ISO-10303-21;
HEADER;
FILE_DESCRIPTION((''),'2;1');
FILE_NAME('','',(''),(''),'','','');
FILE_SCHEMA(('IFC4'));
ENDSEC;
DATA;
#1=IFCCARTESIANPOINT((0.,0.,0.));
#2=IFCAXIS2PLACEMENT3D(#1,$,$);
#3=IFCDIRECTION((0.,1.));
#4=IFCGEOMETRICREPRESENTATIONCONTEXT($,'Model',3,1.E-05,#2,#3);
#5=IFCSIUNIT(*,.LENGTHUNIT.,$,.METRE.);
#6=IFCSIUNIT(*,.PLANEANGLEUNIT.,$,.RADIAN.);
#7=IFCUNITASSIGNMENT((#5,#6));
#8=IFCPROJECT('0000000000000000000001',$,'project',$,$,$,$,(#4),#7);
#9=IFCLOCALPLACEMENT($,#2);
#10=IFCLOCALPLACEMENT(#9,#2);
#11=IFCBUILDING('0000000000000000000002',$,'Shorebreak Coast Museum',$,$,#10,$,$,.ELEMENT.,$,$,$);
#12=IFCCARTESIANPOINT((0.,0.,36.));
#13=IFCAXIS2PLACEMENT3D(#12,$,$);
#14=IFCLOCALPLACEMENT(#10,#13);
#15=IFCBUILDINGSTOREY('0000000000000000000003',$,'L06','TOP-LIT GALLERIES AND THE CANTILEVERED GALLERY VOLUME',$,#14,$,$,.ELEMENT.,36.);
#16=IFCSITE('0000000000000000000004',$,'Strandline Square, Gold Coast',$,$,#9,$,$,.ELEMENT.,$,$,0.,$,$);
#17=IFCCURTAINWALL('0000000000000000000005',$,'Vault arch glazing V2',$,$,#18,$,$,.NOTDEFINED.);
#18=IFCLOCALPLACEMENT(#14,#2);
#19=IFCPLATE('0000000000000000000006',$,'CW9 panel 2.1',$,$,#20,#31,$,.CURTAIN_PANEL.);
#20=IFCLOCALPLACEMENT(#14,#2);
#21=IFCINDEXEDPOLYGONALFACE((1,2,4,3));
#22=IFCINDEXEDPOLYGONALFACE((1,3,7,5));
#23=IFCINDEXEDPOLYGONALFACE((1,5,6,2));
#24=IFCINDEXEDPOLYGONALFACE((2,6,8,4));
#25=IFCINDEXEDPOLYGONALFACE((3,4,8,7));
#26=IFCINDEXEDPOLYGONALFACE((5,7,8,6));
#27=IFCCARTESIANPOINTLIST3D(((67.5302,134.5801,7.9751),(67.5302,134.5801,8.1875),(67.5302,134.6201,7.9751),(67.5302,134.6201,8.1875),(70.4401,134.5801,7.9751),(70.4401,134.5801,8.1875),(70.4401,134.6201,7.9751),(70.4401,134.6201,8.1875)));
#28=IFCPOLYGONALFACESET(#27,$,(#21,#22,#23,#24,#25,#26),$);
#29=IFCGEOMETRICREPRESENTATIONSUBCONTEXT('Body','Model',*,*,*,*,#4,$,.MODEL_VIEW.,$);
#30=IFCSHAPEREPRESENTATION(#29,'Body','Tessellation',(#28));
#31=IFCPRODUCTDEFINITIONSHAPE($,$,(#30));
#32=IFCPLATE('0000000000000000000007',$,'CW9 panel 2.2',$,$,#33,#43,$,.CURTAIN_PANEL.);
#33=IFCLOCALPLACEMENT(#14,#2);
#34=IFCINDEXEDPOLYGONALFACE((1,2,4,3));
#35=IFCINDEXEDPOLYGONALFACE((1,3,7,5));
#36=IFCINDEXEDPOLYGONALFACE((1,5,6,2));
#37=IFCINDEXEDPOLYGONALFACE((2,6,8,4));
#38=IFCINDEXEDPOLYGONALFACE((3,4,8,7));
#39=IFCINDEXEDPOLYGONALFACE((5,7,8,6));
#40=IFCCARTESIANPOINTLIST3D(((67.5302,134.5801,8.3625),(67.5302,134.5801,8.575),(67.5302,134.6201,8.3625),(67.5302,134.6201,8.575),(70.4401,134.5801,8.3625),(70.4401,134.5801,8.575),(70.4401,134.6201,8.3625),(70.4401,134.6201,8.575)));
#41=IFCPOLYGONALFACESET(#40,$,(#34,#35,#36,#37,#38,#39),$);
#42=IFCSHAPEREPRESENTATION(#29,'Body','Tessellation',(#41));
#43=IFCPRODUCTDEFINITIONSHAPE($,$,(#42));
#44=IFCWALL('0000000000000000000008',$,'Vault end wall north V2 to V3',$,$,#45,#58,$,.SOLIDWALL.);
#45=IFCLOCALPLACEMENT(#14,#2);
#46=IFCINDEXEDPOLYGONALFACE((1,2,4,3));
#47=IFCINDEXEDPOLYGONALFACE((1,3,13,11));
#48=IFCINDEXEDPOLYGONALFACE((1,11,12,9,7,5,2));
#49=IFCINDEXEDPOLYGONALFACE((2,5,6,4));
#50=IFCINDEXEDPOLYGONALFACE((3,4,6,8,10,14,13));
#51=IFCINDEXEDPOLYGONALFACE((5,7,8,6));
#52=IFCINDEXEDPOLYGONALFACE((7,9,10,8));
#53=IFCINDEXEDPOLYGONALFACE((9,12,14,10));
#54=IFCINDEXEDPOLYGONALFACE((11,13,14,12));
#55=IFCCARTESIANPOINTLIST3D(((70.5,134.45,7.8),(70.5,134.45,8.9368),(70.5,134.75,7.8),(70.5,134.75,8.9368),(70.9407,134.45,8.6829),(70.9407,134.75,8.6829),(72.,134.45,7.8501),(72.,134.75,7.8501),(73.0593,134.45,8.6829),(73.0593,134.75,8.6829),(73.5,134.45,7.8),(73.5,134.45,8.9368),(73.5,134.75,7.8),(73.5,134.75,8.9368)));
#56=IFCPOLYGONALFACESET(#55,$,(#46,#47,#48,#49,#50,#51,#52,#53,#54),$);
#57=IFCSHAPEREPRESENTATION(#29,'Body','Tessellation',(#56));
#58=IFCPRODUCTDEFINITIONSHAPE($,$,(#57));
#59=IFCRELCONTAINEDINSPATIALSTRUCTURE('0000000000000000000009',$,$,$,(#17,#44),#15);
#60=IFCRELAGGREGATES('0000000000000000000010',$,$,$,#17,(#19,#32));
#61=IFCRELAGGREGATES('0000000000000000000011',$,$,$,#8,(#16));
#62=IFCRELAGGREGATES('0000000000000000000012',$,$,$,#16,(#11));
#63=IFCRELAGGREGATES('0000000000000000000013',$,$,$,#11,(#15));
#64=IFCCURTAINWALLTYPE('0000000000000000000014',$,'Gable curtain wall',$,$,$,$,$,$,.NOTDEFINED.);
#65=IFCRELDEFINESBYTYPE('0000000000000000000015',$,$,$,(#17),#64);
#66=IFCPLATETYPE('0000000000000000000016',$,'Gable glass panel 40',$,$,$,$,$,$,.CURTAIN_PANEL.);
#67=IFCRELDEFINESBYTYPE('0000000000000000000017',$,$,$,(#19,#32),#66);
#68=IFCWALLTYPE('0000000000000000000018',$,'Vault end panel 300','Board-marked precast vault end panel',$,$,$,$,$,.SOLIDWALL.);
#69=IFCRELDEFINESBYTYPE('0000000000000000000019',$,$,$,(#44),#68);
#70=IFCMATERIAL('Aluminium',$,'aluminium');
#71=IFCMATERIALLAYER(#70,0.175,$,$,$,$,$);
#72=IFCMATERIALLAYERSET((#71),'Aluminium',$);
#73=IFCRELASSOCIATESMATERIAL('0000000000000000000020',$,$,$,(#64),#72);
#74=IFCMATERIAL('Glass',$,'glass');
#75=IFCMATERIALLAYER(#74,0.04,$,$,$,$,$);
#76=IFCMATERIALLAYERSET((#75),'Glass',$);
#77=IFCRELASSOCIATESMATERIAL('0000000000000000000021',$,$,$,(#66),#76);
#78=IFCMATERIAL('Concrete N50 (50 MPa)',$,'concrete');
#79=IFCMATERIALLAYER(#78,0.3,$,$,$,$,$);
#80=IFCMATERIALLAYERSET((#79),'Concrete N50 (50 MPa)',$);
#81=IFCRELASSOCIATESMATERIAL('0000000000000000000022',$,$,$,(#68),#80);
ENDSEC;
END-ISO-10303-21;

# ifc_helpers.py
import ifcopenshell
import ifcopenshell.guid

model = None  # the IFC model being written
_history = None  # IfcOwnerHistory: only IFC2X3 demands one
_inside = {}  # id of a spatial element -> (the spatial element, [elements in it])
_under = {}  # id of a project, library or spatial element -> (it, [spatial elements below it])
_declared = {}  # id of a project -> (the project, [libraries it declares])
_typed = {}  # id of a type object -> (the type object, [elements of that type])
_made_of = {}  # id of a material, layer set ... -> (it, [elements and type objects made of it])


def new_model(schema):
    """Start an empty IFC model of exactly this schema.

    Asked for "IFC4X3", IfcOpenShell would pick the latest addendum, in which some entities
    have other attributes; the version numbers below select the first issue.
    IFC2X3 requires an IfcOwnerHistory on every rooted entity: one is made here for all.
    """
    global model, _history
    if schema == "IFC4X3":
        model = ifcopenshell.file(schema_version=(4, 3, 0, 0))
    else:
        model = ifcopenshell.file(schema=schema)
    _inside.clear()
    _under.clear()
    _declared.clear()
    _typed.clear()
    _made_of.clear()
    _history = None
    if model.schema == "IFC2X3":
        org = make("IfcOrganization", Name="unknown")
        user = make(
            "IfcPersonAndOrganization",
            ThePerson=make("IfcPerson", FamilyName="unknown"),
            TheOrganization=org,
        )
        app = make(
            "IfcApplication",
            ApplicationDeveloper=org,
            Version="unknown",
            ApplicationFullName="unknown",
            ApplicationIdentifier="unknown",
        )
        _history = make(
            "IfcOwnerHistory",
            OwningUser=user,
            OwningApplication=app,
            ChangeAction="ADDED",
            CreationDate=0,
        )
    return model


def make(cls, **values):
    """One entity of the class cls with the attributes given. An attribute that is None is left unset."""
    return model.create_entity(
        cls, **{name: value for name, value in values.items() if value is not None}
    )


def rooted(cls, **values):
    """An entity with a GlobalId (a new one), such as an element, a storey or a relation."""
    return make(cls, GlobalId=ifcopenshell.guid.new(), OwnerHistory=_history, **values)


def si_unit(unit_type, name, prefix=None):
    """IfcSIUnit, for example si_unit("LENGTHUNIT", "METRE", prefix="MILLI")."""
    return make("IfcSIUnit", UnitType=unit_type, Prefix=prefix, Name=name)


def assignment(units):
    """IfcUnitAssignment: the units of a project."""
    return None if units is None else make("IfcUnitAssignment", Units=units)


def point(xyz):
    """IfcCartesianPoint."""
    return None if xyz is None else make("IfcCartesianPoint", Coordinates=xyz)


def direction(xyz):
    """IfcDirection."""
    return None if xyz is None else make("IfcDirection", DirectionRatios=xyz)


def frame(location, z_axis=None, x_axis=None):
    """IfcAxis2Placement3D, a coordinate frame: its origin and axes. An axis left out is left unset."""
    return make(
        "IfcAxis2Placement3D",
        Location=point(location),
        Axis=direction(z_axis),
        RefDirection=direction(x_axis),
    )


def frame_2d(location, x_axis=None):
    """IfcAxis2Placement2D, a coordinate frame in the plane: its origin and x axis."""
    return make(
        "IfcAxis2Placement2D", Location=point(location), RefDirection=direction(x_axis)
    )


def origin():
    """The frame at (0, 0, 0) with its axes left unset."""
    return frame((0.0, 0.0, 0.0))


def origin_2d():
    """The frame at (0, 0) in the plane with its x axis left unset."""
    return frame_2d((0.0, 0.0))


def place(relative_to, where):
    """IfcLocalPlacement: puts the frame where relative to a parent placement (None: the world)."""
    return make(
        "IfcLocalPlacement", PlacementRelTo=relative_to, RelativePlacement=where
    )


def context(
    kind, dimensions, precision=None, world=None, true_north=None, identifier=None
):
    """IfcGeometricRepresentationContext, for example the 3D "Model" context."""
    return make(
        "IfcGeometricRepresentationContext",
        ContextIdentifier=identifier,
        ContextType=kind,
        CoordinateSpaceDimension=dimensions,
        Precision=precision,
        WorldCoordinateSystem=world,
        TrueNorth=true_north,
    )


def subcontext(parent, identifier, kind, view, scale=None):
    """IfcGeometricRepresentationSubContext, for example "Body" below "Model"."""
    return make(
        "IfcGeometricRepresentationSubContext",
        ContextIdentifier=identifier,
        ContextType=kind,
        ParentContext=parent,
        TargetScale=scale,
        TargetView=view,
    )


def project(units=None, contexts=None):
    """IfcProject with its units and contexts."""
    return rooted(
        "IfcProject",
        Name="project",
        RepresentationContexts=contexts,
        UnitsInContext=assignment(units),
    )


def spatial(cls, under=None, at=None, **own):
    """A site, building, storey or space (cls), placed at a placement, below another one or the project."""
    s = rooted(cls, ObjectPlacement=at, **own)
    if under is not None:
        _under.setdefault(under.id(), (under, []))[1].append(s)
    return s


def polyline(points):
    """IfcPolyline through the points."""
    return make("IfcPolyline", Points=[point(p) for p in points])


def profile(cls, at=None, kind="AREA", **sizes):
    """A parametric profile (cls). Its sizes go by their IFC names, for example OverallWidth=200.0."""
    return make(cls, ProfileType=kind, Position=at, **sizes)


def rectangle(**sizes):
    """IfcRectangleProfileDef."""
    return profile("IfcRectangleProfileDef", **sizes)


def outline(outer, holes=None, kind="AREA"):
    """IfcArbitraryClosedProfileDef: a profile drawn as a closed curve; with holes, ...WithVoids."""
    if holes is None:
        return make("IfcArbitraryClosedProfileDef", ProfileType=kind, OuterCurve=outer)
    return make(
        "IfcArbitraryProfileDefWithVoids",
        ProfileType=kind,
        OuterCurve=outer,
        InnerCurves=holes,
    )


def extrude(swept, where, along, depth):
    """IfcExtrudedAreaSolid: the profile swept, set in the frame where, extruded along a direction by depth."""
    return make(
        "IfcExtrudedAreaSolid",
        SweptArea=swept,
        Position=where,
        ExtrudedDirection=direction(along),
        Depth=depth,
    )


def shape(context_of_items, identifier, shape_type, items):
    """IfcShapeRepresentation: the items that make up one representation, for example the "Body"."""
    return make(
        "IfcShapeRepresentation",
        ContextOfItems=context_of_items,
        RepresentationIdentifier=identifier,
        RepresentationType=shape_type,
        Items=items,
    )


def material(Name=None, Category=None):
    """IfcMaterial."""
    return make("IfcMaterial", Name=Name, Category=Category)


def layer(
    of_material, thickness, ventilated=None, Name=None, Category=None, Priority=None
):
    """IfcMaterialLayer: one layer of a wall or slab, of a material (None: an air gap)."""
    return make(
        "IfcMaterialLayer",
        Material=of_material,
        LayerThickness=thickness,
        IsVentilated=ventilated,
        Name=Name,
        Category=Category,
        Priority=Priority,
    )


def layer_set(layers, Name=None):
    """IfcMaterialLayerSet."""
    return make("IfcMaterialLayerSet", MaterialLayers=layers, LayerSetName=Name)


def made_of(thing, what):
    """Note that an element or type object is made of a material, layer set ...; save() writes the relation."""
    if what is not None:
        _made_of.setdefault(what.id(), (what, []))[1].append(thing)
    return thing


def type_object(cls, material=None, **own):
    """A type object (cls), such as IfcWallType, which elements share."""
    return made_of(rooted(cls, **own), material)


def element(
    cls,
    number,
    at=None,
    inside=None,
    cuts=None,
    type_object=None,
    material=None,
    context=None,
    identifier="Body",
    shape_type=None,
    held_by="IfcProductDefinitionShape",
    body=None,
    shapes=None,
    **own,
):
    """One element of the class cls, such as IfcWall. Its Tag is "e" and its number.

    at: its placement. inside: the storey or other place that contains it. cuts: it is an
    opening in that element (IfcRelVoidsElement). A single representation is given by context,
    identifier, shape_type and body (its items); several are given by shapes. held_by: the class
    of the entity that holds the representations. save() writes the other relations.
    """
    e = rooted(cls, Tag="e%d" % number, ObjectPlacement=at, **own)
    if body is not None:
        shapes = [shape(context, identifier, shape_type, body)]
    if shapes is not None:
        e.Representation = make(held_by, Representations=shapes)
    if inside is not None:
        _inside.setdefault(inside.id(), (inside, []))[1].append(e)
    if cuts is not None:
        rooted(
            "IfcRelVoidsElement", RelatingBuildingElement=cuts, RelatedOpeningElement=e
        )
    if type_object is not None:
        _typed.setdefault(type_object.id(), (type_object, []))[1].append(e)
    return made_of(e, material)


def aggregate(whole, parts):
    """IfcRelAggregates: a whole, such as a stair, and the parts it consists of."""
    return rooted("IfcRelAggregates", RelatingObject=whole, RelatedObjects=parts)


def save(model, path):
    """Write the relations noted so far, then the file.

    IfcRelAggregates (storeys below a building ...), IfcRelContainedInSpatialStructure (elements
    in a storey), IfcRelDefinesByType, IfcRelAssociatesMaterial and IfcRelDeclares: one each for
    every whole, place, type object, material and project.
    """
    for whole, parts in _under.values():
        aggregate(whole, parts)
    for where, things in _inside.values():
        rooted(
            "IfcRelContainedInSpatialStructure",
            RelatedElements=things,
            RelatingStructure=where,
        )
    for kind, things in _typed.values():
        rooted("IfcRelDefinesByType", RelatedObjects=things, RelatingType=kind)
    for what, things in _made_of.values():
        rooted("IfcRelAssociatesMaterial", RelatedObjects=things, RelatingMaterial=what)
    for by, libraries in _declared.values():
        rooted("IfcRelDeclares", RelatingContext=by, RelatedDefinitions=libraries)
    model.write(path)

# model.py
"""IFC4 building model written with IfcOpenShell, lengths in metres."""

from ifc_helpers import new_model, si_unit, direction, frame, origin, origin_2d, place, context, subcontext, project, spatial, polyline, rectangle, outline, extrude, material, layer, layer_set, type_object, element, aggregate, save


model = new_model("IFC4")

# Units and contexts
model_context = context("Model", 3, precision=1e-05, world=origin(), true_north=direction((0.0, 1.0)))
body_context = subcontext(model_context, "Body", "Model", "MODEL_VIEW")
ifc_project = project(units=[si_unit("LENGTHUNIT", "METRE"), si_unit("PLANEANGLEUNIT", "RADIAN")], contexts=[model_context])

# Site, building, storey
site_placement = place(None, origin())
site = spatial("IfcSite", under=ifc_project, at=site_placement, Name="Strandline Square, Gold Coast", CompositionType="ELEMENT", RefElevation=0.0)
building_placement = place(site_placement, origin())
building = spatial("IfcBuilding", under=site, at=building_placement, Name="Shorebreak Coast Museum", CompositionType="ELEMENT")
storey_placement = place(building_placement, frame((0.0, 0.0, 36.0)))
storey = spatial("IfcBuildingStorey", under=building, at=storey_placement, Name="L06", Description="TOP-LIT GALLERIES AND THE CANTILEVERED GALLERY VOLUME", CompositionType="ELEMENT", Elevation=36.0)

# Curtain wall
ifc_material_1 = material(Name="Aluminium", Category="aluminium")
ifc_layer_1 = layer(ifc_material_1, 0.175)
ifc_layer_set_1 = layer_set([ifc_layer_1], Name="Aluminium")
curtain_wall_type_1 = type_object("IfcCurtainWallType", Name="Gable curtain wall", PredefinedType="NOTDEFINED", material=ifc_layer_set_1)
curtain_wall_1_placement = place(storey_placement, origin())
curtain_wall_1 = element("IfcCurtainWall", 1, at=curtain_wall_1_placement, inside=storey, type_object=curtain_wall_type_1, Name="Vault arch glazing V2", PredefinedType="NOTDEFINED")

# Plates
ifc_material_2 = material(Name="Glass", Category="glass")
ifc_layer_2 = layer(ifc_material_2, 0.04)
ifc_layer_set_2 = layer_set([ifc_layer_2], Name="Glass")
plate_type_1 = type_object("IfcPlateType", Name="Gable glass panel 40", PredefinedType="CURTAIN_PANEL", material=ifc_layer_set_2)
plate_1_placement = place(storey_placement, frame((68.9851, 134.6001, 7.9751), z_axis=(0.0, 0.0, 1.0), x_axis=(1.0, 0.0, 0.0)))
plate_1 = element("IfcPlate", 2, at=plate_1_placement, type_object=plate_type_1, Name="CW9 panel 2.1", PredefinedType="CURTAIN_PANEL", context=body_context, shape_type="SweptSolid", body=[
    extrude(rectangle(XDim=2.9099, YDim=0.04, at=origin_2d()), origin(), (0.0, 0.0, 1.0), 0.2124),
])
plate_2_placement = place(storey_placement, frame((68.9851, 134.6001, 8.3625), z_axis=(0.0, 0.0, 1.0), x_axis=(1.0, 0.0, 0.0)))
plate_2 = element("IfcPlate", 3, at=plate_2_placement, type_object=plate_type_1, Name="CW9 panel 2.2", PredefinedType="CURTAIN_PANEL", context=body_context, shape_type="SweptSolid", body=[
    extrude(rectangle(XDim=2.9099, YDim=0.04, at=origin_2d()), origin(), (0.0, 0.0, 1.0), 0.2124),
])
aggregate(curtain_wall_1, [plate_1, plate_2])

# Wall
ifc_material_3 = material(Name="Concrete N50 (50 MPa)", Category="concrete")
ifc_layer_3 = layer(ifc_material_3, 0.3)
ifc_layer_set_3 = layer_set([ifc_layer_3], Name="Concrete N50 (50 MPa)")
wall_type = type_object("IfcWallType", Name="Vault end panel 300", Description="Board-marked precast vault end panel", PredefinedType="SOLIDWALL", material=ifc_layer_set_3)
wall_placement = place(storey_placement, frame((70.5, 134.6001, 7.8), z_axis=(0.0, 0.0, 1.0), x_axis=(1.0, 0.0, 0.0)))
element("IfcWall", 4, at=wall_placement, inside=storey, type_object=wall_type, Name="Vault end wall north V2 to V3", PredefinedType="SOLIDWALL", context=body_context, shape_type="SweptSolid", body=[
    extrude(outline(polyline([(0.0, 0.0), (3.0, 0.0), (3.0, 1.1367), (2.5593, 0.8828), (1.5, 0.05), (0.4407, 0.8828), (0.0, 1.1367), (0.0, 0.0)])), frame((0.0, 0.1499, 0.0), z_axis=(0.0, -1.0, 0.0), x_axis=(1.0, 0.0, 0.0)), (0.0, 0.0, 1.0), 0.3),
])

save(model, "model.ifc")
